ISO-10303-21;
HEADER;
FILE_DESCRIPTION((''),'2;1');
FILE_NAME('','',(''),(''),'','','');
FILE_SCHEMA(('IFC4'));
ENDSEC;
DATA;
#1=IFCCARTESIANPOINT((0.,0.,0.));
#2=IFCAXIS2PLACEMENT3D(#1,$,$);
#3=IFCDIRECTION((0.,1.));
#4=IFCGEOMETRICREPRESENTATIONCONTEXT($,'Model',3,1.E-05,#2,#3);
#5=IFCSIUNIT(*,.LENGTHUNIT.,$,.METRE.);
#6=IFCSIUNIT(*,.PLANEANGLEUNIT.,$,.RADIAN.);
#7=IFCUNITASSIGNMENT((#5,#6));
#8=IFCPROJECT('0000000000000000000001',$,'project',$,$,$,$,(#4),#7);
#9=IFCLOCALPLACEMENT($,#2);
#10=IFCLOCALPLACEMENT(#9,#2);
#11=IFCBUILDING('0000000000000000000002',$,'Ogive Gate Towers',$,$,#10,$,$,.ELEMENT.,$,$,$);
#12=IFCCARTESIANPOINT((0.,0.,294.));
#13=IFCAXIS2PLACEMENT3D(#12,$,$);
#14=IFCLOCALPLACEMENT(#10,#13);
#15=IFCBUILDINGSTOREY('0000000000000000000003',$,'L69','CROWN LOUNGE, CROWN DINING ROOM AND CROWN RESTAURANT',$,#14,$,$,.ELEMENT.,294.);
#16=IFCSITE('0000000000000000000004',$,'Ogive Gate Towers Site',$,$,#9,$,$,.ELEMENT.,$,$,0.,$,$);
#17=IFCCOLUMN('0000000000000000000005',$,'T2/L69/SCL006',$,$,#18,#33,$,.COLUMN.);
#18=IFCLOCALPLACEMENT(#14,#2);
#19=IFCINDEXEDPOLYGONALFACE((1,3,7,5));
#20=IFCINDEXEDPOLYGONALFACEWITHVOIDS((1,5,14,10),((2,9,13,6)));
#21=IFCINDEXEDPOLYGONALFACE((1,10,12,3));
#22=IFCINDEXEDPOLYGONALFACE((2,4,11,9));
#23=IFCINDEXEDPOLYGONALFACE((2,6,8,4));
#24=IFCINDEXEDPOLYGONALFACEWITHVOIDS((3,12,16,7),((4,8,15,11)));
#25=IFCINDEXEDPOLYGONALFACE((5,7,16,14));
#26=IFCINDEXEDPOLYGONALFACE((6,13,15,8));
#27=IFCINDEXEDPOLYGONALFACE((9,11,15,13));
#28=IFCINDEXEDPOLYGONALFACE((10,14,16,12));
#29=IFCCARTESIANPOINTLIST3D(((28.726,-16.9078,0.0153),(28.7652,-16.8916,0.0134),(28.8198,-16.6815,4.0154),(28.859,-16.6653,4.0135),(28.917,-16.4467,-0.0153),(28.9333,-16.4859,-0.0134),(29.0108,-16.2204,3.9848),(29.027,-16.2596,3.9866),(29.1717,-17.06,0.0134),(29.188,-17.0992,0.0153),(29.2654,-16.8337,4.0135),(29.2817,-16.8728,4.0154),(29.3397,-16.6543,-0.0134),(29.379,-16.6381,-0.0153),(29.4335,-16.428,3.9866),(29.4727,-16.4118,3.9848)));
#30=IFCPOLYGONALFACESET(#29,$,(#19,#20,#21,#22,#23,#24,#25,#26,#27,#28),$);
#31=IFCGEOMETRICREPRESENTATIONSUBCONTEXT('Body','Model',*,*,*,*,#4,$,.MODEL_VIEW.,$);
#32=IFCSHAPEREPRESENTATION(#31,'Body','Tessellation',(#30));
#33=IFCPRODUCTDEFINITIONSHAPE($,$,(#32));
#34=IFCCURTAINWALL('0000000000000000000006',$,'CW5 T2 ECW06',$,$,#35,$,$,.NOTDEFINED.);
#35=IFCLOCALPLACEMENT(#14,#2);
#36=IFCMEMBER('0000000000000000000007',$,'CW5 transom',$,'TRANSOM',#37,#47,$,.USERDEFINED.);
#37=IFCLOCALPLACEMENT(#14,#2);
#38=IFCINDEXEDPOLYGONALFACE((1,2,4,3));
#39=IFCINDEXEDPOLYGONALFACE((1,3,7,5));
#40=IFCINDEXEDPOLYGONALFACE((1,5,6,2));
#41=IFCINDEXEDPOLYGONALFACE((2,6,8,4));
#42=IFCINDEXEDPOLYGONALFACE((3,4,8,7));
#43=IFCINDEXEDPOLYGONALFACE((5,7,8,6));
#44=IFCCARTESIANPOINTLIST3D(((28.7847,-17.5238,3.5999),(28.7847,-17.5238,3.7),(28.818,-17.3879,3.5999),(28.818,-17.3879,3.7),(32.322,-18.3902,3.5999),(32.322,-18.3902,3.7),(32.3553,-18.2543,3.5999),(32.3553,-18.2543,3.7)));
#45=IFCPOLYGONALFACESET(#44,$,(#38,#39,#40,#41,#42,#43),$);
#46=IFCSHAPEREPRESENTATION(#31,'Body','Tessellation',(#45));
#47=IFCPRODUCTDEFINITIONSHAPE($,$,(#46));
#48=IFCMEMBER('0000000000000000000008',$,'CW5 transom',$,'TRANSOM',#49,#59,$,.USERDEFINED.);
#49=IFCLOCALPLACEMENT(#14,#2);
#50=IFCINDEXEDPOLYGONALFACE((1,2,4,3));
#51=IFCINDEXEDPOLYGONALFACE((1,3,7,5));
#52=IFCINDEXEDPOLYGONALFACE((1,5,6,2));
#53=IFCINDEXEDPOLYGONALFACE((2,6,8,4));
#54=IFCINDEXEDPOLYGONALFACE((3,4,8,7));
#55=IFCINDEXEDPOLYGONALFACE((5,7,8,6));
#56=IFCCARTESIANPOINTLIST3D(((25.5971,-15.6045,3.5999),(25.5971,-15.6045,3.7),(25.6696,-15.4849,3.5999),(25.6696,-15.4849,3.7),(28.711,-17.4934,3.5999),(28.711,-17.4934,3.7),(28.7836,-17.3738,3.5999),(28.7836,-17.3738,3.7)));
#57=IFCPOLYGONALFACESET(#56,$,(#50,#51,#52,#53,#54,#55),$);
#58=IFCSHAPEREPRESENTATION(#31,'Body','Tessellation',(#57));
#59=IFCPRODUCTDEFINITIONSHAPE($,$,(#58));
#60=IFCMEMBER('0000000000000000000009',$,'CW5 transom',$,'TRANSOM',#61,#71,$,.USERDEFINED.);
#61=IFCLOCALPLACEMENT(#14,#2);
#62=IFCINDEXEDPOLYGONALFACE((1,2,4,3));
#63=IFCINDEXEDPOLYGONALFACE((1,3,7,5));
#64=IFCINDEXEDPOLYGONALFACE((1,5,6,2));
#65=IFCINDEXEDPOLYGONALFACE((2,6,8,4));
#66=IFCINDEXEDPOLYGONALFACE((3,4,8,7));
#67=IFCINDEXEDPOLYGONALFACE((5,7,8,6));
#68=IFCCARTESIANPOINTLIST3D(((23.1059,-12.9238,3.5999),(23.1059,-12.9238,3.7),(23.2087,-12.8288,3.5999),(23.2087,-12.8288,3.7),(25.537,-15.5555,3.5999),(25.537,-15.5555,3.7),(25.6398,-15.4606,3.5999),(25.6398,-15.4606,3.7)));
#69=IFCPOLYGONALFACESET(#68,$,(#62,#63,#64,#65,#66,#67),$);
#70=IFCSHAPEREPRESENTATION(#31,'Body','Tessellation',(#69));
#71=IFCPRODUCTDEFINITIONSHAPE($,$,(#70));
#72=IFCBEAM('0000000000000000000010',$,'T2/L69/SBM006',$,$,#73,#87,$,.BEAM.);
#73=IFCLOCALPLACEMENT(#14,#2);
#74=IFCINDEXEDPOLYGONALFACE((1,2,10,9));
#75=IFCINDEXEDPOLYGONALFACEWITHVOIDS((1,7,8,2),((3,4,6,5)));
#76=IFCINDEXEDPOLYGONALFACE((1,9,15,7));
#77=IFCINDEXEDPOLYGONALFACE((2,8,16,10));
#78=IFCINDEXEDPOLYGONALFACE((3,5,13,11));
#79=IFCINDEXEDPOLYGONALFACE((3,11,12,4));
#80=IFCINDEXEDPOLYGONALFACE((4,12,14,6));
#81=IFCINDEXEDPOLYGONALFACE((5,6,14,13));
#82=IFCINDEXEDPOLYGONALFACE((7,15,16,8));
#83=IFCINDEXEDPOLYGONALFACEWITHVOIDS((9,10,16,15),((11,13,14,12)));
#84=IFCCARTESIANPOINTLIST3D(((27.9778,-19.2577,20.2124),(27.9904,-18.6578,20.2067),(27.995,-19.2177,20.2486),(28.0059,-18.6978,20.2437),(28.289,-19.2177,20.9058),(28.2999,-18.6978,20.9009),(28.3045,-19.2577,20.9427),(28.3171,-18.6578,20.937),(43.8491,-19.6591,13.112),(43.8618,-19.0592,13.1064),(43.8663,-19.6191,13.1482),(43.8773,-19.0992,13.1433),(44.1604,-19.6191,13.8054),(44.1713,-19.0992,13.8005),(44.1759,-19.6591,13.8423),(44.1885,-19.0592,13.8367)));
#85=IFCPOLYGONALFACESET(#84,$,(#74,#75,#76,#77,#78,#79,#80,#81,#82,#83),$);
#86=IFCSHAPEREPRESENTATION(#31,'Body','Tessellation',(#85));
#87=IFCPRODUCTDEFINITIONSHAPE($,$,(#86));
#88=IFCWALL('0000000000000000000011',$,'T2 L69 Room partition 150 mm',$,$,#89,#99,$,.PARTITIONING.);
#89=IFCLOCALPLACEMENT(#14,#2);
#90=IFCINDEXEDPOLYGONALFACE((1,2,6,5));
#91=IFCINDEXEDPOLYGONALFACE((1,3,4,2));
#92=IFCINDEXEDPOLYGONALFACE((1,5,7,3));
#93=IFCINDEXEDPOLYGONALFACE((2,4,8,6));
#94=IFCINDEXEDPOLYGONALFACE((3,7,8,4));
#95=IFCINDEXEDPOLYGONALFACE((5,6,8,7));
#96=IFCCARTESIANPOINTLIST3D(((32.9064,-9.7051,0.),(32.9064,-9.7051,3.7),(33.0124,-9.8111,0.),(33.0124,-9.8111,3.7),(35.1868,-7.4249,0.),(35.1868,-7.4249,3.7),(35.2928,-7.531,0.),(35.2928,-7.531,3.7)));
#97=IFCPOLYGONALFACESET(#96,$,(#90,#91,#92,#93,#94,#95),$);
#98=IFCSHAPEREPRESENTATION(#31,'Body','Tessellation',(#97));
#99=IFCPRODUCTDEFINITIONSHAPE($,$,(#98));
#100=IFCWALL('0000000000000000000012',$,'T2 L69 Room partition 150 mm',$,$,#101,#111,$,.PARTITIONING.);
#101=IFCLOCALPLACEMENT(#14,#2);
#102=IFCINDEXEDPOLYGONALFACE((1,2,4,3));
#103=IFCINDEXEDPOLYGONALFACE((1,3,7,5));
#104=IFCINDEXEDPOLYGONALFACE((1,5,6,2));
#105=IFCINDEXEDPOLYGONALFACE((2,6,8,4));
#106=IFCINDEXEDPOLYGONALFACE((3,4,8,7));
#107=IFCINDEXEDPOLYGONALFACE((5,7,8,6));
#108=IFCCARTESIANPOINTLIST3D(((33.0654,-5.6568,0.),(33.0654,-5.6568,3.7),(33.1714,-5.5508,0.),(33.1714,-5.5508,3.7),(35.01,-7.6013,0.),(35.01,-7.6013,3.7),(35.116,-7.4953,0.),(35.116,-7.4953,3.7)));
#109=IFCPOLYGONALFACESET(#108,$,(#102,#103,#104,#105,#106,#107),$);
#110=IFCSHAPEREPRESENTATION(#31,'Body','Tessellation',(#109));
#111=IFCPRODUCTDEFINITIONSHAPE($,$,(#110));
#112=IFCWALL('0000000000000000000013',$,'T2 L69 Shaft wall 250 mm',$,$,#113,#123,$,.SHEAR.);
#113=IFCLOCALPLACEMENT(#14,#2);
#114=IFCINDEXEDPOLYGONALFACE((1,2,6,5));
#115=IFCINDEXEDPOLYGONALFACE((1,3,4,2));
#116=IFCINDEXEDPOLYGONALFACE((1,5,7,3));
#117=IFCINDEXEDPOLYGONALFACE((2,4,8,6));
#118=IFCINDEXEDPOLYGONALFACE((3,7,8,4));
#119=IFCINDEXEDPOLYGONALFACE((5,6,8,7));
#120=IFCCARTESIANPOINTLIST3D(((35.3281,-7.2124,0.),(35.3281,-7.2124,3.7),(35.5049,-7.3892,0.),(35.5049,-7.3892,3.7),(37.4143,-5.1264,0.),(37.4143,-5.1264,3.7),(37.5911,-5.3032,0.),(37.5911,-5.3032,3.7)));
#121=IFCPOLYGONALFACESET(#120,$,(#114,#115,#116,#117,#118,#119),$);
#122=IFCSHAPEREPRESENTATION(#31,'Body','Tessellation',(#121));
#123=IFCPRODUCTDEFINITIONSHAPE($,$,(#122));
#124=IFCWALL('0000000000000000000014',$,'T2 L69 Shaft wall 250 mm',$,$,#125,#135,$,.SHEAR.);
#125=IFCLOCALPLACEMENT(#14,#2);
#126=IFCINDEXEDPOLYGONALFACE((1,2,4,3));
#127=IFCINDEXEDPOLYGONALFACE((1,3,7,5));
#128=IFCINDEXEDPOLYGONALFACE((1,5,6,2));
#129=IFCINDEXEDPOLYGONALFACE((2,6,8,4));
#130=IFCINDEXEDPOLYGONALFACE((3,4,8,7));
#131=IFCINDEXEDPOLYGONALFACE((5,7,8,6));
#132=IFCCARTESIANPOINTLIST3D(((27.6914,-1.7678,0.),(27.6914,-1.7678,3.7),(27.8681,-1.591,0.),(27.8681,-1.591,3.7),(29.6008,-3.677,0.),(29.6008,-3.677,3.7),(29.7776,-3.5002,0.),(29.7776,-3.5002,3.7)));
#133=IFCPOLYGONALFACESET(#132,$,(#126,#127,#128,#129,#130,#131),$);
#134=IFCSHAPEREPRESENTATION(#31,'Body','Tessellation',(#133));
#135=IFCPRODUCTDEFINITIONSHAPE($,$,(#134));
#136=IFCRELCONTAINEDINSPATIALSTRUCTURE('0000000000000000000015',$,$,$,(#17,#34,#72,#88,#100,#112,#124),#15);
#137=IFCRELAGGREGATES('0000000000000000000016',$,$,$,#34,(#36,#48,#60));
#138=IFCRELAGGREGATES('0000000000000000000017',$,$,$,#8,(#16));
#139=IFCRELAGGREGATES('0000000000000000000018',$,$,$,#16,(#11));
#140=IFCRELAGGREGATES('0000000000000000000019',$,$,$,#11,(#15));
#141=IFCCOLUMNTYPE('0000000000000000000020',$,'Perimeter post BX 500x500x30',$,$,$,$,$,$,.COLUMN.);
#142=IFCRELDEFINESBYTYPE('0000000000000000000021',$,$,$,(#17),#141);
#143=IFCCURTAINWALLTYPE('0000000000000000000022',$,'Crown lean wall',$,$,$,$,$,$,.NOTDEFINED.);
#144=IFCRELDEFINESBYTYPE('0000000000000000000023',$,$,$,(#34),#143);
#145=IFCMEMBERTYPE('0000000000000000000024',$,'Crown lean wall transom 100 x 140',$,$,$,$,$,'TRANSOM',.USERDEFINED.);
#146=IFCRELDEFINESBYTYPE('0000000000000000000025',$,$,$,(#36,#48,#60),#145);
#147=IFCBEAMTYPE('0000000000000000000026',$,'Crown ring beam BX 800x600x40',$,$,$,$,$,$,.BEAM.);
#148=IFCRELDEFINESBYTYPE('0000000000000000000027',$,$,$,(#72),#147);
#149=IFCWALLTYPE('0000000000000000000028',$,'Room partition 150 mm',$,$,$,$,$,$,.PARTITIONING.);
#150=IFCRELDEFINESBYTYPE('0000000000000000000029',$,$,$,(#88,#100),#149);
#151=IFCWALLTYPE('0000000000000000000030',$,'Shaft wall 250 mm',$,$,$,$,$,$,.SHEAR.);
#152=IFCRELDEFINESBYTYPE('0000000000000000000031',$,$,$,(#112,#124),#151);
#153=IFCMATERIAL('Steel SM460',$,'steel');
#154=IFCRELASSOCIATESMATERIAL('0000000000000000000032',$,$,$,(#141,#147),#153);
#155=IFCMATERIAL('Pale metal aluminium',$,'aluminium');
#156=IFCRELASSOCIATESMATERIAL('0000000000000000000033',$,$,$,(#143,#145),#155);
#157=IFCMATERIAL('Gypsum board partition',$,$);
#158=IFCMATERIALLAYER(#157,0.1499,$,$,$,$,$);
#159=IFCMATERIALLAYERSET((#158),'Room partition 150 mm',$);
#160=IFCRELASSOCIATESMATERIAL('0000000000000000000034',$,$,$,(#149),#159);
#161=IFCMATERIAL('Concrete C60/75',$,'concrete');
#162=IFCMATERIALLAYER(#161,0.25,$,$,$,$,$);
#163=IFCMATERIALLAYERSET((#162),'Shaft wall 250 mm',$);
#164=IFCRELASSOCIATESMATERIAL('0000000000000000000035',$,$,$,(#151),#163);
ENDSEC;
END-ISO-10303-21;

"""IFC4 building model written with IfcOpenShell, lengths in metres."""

from ifc_helpers import new_model, si_unit, direction, frame, frame_2d, origin, origin_2d, place, context, subcontext, project, spatial, rectangle, hollow_rectangle, extrude, material, layer, layer_set, material_profile, profile_set, type_object, element, aggregate, save


model = new_model("IFC4")

# Units and contexts
model_context = context("Model", 3, precision=1e-05, world=origin(), true_north=direction((0.0, 1.0)))
body_context = subcontext(model_context, "Body", "Model", "MODEL_VIEW")
ifc_project = project(units=[si_unit("LENGTHUNIT", "METRE"), si_unit("PLANEANGLEUNIT", "RADIAN")], contexts=[model_context])

# Site, building, storey
site_placement = place(None, origin())
site = spatial("IfcSite", under=ifc_project, at=site_placement, Name="Ogive Gate Towers Site", CompositionType="ELEMENT", RefElevation=0.0)
building_placement = place(site_placement, origin())
building = spatial("IfcBuilding", under=site, at=building_placement, Name="Ogive Gate Towers", CompositionType="ELEMENT")
storey_placement = place(building_placement, frame((0.0, 0.0, 294.0)))
storey = spatial("IfcBuildingStorey", under=building, at=storey_placement, Name="L69", Description="CROWN LOUNGE, CROWN DINING ROOM AND CROWN RESTAURANT", CompositionType="ELEMENT", Elevation=294.0)

# Column
ifc_material_1 = material(Name="Steel SM460", Category="steel")
ifc_material_profile_1 = material_profile(ifc_material_1, hollow_rectangle(XDim=0.5, YDim=0.5, WallThickness=0.03, at=origin_2d()), Name="BX 500x500x30")
ifc_profile_set_1 = profile_set([ifc_material_profile_1], Name="Steel SM460")
column_type = type_object("IfcColumnType", Name="Perimeter post BX 500x500x30", PredefinedType="COLUMN", material=ifc_profile_set_1)
column_placement = place(storey_placement, frame((29.0525, -16.7729, 0.0), z_axis=(0.023394, 0.056474, 0.99813), x_axis=(-0.923871, 0.382704, 0.0)))
element("IfcColumn", 1, at=column_placement, inside=storey, type_object=column_type, Name="T2/L69/SCL006", PredefinedType="COLUMN", context=body_context, shape_type="SweptSolid", body=[
    extrude(hollow_rectangle(XDim=0.5, YDim=0.5, WallThickness=0.03, at=origin_2d()), origin(), (0.0, 0.0, 1.0), 4.0076),
])

# Curtain wall, members
ifc_material_2 = material(Name="Pale metal aluminium", Category="aluminium")
curtain_wall_type = type_object("IfcCurtainWallType", Name="Crown lean wall", PredefinedType="NOTDEFINED", material=ifc_material_2)
curtain_wall_placement = place(storey_placement, origin())
curtain_wall = element("IfcCurtainWall", 2, at=curtain_wall_placement, inside=storey, type_object=curtain_wall_type, Name="CW5 T2 ECW06", PredefinedType="NOTDEFINED")
ifc_material_profile_2 = material_profile(ifc_material_2, rectangle(XDim=0.1399, YDim=0.1001, at=origin_2d()), Name="100 x 140 aluminium box")
ifc_profile_set_2 = profile_set([ifc_material_profile_2], Name="Pale metal aluminium")
member_type = type_object("IfcMemberType", Name="Crown lean wall transom 100 x 140", ElementType="TRANSOM", PredefinedType="USERDEFINED", material=ifc_profile_set_2)
member_1_placement = place(storey_placement, frame((32.3386, -18.3223, 3.6499), z_axis=(-0.971287, 0.237911, 0.0), x_axis=(-0.237911, -0.971287, 0.0)))
member_1 = element("IfcMember", 3, at=member_1_placement, type_object=member_type, Name="CW5 transom", ObjectType="TRANSOM", PredefinedType="USERDEFINED", context=body_context, shape_type="SweptSolid", body=[
    extrude(rectangle(XDim=0.1399, YDim=0.1001, at=origin_2d()), origin(), (0.0, 0.0, 1.0), 3.6418),
])
member_2_placement = place(storey_placement, frame((28.7473, -17.4336, 3.6499), z_axis=(-0.854999, 0.51863, 0.0), x_axis=(-0.51863, -0.854999, 0.0)))
member_2 = element("IfcMember", 4, at=member_2_placement, type_object=member_type, Name="CW5 transom", ObjectType="TRANSOM", PredefinedType="USERDEFINED", context=body_context, shape_type="SweptSolid", body=[
    extrude(rectangle(XDim=0.1399, YDim=0.1001, at=origin_2d()), origin(), (0.0, 0.0, 1.0), 3.6421),
])
member_3_placement = place(storey_placement, frame((25.5884, -15.5081, 3.6499), z_axis=(-0.678546, 0.734558, 0.0), x_axis=(-0.734558, -0.678546, 0.0)))
member_3 = element("IfcMember", 5, at=member_3_placement, type_object=member_type, Name="CW5 transom", ObjectType="TRANSOM", PredefinedType="USERDEFINED", context=body_context, shape_type="SweptSolid", body=[
    extrude(rectangle(XDim=0.1399, YDim=0.1001, at=origin_2d()), origin(), (0.0, 0.0, 1.0), 3.5828),
])
aggregate(curtain_wall, [member_1, member_2, member_3])

# Beam
ifc_material_profile_3 = material_profile(ifc_material_1, hollow_rectangle(XDim=0.6001, YDim=0.8, WallThickness=0.04, at=origin_2d()), Name="BX 800x600x40")
ifc_profile_set_3 = profile_set([ifc_material_profile_3], Name="Steel SM460")
beam_type = type_object("IfcBeamType", Name="Crown ring beam BX 800x600x40", PredefinedType="BEAM", material=ifc_profile_set_3)
beam_placement = place(storey_placement, frame((28.1475, -18.9578, 20.5747), z_axis=(0.912575, -0.023078, -0.408258), x_axis=(-0.021068, -0.999734, 0.009421)))
element("IfcBeam", 6, at=beam_placement, inside=storey, type_object=beam_type, Name="T2/L69/SBM006", PredefinedType="BEAM", context=body_context, shape_type="SweptSolid", body=[
    extrude(hollow_rectangle(XDim=0.6001, YDim=0.8, WallThickness=0.04, at=origin_2d()), origin(), (0.0, 0.0, 1.0), 17.3918),
])

# Walls
ifc_material_3 = material(Name="Gypsum board partition")
ifc_layer_1 = layer(ifc_material_3, 0.1499)
ifc_layer_set_1 = layer_set([ifc_layer_1], Name="Room partition 150 mm")
wall_type_1 = type_object("IfcWallType", Name="Room partition 150 mm", PredefinedType="PARTITIONING", material=ifc_layer_set_1)
wall_1_placement = place(storey_placement, frame((32.9595, -9.7581, 0.0), z_axis=(0.0, 0.0, 1.0), x_axis=(0.707145, 0.707069, 0.0)))
element("IfcWall", 7, at=wall_1_placement, inside=storey, type_object=wall_type_1, Name="T2 L69 Room partition 150 mm", PredefinedType="PARTITIONING", context=body_context, shape_type="SweptSolid", body=[
    extrude(rectangle(XDim=3.2249, YDim=0.1499, at=frame_2d((1.6123, 0.0))), origin(), (0.0, 0.0, 1.0), 3.7),
])
wall_2_placement = place(storey_placement, frame((35.063, -7.5483, 0.0), z_axis=(0.0, 0.0, 1.0), x_axis=(-0.707107, 0.707107, 0.0)))
element("IfcWall", 8, at=wall_2_placement, inside=storey, type_object=wall_type_1, Name="T2 L69 Room partition 150 mm", PredefinedType="PARTITIONING", context=body_context, shape_type="SweptSolid", body=[
    extrude(rectangle(XDim=2.75, YDim=0.1499, at=frame_2d((1.375, 0.0))), origin(), (0.0, 0.0, 1.0), 3.7),
])
ifc_material_4 = material(Name="Concrete C60/75", Category="concrete")
ifc_layer_2 = layer(ifc_material_4, 0.25)
ifc_layer_set_2 = layer_set([ifc_layer_2], Name="Shaft wall 250 mm")
wall_type_2 = type_object("IfcWallType", Name="Shaft wall 250 mm", PredefinedType="SHEAR", material=ifc_layer_set_2)
wall_3_placement = place(storey_placement, frame((35.4165, -7.3008, 0.0), z_axis=(0.0, 0.0, 1.0), x_axis=(0.707148, 0.707065, 0.0)))
element("IfcWall", 9, at=wall_3_placement, inside=storey, type_object=wall_type_2, Name="T2 L69 Shaft wall 250 mm", PredefinedType="SHEAR", context=body_context, shape_type="SweptSolid", body=[
    extrude(rectangle(XDim=2.9502, YDim=0.25, at=frame_2d((1.4751, 0.0))), origin(), (0.0, 0.0, 1.0), 3.7),
])
wall_4_placement = place(storey_placement, frame((29.6892, -3.5886, 0.0), z_axis=(0.0, 0.0, 1.0), x_axis=(-0.707152, 0.707062, 0.0)))
element("IfcWall", 10, at=wall_4_placement, inside=storey, type_object=wall_type_2, Name="T2 L69 Shaft wall 250 mm", PredefinedType="SHEAR", context=body_context, shape_type="SweptSolid", body=[
    extrude(rectangle(XDim=2.7002, YDim=0.25, at=frame_2d((1.3501, 0.0))), origin(), (0.0, 0.0, 1.0), 3.7),
])

save(model, "model.ifc")
